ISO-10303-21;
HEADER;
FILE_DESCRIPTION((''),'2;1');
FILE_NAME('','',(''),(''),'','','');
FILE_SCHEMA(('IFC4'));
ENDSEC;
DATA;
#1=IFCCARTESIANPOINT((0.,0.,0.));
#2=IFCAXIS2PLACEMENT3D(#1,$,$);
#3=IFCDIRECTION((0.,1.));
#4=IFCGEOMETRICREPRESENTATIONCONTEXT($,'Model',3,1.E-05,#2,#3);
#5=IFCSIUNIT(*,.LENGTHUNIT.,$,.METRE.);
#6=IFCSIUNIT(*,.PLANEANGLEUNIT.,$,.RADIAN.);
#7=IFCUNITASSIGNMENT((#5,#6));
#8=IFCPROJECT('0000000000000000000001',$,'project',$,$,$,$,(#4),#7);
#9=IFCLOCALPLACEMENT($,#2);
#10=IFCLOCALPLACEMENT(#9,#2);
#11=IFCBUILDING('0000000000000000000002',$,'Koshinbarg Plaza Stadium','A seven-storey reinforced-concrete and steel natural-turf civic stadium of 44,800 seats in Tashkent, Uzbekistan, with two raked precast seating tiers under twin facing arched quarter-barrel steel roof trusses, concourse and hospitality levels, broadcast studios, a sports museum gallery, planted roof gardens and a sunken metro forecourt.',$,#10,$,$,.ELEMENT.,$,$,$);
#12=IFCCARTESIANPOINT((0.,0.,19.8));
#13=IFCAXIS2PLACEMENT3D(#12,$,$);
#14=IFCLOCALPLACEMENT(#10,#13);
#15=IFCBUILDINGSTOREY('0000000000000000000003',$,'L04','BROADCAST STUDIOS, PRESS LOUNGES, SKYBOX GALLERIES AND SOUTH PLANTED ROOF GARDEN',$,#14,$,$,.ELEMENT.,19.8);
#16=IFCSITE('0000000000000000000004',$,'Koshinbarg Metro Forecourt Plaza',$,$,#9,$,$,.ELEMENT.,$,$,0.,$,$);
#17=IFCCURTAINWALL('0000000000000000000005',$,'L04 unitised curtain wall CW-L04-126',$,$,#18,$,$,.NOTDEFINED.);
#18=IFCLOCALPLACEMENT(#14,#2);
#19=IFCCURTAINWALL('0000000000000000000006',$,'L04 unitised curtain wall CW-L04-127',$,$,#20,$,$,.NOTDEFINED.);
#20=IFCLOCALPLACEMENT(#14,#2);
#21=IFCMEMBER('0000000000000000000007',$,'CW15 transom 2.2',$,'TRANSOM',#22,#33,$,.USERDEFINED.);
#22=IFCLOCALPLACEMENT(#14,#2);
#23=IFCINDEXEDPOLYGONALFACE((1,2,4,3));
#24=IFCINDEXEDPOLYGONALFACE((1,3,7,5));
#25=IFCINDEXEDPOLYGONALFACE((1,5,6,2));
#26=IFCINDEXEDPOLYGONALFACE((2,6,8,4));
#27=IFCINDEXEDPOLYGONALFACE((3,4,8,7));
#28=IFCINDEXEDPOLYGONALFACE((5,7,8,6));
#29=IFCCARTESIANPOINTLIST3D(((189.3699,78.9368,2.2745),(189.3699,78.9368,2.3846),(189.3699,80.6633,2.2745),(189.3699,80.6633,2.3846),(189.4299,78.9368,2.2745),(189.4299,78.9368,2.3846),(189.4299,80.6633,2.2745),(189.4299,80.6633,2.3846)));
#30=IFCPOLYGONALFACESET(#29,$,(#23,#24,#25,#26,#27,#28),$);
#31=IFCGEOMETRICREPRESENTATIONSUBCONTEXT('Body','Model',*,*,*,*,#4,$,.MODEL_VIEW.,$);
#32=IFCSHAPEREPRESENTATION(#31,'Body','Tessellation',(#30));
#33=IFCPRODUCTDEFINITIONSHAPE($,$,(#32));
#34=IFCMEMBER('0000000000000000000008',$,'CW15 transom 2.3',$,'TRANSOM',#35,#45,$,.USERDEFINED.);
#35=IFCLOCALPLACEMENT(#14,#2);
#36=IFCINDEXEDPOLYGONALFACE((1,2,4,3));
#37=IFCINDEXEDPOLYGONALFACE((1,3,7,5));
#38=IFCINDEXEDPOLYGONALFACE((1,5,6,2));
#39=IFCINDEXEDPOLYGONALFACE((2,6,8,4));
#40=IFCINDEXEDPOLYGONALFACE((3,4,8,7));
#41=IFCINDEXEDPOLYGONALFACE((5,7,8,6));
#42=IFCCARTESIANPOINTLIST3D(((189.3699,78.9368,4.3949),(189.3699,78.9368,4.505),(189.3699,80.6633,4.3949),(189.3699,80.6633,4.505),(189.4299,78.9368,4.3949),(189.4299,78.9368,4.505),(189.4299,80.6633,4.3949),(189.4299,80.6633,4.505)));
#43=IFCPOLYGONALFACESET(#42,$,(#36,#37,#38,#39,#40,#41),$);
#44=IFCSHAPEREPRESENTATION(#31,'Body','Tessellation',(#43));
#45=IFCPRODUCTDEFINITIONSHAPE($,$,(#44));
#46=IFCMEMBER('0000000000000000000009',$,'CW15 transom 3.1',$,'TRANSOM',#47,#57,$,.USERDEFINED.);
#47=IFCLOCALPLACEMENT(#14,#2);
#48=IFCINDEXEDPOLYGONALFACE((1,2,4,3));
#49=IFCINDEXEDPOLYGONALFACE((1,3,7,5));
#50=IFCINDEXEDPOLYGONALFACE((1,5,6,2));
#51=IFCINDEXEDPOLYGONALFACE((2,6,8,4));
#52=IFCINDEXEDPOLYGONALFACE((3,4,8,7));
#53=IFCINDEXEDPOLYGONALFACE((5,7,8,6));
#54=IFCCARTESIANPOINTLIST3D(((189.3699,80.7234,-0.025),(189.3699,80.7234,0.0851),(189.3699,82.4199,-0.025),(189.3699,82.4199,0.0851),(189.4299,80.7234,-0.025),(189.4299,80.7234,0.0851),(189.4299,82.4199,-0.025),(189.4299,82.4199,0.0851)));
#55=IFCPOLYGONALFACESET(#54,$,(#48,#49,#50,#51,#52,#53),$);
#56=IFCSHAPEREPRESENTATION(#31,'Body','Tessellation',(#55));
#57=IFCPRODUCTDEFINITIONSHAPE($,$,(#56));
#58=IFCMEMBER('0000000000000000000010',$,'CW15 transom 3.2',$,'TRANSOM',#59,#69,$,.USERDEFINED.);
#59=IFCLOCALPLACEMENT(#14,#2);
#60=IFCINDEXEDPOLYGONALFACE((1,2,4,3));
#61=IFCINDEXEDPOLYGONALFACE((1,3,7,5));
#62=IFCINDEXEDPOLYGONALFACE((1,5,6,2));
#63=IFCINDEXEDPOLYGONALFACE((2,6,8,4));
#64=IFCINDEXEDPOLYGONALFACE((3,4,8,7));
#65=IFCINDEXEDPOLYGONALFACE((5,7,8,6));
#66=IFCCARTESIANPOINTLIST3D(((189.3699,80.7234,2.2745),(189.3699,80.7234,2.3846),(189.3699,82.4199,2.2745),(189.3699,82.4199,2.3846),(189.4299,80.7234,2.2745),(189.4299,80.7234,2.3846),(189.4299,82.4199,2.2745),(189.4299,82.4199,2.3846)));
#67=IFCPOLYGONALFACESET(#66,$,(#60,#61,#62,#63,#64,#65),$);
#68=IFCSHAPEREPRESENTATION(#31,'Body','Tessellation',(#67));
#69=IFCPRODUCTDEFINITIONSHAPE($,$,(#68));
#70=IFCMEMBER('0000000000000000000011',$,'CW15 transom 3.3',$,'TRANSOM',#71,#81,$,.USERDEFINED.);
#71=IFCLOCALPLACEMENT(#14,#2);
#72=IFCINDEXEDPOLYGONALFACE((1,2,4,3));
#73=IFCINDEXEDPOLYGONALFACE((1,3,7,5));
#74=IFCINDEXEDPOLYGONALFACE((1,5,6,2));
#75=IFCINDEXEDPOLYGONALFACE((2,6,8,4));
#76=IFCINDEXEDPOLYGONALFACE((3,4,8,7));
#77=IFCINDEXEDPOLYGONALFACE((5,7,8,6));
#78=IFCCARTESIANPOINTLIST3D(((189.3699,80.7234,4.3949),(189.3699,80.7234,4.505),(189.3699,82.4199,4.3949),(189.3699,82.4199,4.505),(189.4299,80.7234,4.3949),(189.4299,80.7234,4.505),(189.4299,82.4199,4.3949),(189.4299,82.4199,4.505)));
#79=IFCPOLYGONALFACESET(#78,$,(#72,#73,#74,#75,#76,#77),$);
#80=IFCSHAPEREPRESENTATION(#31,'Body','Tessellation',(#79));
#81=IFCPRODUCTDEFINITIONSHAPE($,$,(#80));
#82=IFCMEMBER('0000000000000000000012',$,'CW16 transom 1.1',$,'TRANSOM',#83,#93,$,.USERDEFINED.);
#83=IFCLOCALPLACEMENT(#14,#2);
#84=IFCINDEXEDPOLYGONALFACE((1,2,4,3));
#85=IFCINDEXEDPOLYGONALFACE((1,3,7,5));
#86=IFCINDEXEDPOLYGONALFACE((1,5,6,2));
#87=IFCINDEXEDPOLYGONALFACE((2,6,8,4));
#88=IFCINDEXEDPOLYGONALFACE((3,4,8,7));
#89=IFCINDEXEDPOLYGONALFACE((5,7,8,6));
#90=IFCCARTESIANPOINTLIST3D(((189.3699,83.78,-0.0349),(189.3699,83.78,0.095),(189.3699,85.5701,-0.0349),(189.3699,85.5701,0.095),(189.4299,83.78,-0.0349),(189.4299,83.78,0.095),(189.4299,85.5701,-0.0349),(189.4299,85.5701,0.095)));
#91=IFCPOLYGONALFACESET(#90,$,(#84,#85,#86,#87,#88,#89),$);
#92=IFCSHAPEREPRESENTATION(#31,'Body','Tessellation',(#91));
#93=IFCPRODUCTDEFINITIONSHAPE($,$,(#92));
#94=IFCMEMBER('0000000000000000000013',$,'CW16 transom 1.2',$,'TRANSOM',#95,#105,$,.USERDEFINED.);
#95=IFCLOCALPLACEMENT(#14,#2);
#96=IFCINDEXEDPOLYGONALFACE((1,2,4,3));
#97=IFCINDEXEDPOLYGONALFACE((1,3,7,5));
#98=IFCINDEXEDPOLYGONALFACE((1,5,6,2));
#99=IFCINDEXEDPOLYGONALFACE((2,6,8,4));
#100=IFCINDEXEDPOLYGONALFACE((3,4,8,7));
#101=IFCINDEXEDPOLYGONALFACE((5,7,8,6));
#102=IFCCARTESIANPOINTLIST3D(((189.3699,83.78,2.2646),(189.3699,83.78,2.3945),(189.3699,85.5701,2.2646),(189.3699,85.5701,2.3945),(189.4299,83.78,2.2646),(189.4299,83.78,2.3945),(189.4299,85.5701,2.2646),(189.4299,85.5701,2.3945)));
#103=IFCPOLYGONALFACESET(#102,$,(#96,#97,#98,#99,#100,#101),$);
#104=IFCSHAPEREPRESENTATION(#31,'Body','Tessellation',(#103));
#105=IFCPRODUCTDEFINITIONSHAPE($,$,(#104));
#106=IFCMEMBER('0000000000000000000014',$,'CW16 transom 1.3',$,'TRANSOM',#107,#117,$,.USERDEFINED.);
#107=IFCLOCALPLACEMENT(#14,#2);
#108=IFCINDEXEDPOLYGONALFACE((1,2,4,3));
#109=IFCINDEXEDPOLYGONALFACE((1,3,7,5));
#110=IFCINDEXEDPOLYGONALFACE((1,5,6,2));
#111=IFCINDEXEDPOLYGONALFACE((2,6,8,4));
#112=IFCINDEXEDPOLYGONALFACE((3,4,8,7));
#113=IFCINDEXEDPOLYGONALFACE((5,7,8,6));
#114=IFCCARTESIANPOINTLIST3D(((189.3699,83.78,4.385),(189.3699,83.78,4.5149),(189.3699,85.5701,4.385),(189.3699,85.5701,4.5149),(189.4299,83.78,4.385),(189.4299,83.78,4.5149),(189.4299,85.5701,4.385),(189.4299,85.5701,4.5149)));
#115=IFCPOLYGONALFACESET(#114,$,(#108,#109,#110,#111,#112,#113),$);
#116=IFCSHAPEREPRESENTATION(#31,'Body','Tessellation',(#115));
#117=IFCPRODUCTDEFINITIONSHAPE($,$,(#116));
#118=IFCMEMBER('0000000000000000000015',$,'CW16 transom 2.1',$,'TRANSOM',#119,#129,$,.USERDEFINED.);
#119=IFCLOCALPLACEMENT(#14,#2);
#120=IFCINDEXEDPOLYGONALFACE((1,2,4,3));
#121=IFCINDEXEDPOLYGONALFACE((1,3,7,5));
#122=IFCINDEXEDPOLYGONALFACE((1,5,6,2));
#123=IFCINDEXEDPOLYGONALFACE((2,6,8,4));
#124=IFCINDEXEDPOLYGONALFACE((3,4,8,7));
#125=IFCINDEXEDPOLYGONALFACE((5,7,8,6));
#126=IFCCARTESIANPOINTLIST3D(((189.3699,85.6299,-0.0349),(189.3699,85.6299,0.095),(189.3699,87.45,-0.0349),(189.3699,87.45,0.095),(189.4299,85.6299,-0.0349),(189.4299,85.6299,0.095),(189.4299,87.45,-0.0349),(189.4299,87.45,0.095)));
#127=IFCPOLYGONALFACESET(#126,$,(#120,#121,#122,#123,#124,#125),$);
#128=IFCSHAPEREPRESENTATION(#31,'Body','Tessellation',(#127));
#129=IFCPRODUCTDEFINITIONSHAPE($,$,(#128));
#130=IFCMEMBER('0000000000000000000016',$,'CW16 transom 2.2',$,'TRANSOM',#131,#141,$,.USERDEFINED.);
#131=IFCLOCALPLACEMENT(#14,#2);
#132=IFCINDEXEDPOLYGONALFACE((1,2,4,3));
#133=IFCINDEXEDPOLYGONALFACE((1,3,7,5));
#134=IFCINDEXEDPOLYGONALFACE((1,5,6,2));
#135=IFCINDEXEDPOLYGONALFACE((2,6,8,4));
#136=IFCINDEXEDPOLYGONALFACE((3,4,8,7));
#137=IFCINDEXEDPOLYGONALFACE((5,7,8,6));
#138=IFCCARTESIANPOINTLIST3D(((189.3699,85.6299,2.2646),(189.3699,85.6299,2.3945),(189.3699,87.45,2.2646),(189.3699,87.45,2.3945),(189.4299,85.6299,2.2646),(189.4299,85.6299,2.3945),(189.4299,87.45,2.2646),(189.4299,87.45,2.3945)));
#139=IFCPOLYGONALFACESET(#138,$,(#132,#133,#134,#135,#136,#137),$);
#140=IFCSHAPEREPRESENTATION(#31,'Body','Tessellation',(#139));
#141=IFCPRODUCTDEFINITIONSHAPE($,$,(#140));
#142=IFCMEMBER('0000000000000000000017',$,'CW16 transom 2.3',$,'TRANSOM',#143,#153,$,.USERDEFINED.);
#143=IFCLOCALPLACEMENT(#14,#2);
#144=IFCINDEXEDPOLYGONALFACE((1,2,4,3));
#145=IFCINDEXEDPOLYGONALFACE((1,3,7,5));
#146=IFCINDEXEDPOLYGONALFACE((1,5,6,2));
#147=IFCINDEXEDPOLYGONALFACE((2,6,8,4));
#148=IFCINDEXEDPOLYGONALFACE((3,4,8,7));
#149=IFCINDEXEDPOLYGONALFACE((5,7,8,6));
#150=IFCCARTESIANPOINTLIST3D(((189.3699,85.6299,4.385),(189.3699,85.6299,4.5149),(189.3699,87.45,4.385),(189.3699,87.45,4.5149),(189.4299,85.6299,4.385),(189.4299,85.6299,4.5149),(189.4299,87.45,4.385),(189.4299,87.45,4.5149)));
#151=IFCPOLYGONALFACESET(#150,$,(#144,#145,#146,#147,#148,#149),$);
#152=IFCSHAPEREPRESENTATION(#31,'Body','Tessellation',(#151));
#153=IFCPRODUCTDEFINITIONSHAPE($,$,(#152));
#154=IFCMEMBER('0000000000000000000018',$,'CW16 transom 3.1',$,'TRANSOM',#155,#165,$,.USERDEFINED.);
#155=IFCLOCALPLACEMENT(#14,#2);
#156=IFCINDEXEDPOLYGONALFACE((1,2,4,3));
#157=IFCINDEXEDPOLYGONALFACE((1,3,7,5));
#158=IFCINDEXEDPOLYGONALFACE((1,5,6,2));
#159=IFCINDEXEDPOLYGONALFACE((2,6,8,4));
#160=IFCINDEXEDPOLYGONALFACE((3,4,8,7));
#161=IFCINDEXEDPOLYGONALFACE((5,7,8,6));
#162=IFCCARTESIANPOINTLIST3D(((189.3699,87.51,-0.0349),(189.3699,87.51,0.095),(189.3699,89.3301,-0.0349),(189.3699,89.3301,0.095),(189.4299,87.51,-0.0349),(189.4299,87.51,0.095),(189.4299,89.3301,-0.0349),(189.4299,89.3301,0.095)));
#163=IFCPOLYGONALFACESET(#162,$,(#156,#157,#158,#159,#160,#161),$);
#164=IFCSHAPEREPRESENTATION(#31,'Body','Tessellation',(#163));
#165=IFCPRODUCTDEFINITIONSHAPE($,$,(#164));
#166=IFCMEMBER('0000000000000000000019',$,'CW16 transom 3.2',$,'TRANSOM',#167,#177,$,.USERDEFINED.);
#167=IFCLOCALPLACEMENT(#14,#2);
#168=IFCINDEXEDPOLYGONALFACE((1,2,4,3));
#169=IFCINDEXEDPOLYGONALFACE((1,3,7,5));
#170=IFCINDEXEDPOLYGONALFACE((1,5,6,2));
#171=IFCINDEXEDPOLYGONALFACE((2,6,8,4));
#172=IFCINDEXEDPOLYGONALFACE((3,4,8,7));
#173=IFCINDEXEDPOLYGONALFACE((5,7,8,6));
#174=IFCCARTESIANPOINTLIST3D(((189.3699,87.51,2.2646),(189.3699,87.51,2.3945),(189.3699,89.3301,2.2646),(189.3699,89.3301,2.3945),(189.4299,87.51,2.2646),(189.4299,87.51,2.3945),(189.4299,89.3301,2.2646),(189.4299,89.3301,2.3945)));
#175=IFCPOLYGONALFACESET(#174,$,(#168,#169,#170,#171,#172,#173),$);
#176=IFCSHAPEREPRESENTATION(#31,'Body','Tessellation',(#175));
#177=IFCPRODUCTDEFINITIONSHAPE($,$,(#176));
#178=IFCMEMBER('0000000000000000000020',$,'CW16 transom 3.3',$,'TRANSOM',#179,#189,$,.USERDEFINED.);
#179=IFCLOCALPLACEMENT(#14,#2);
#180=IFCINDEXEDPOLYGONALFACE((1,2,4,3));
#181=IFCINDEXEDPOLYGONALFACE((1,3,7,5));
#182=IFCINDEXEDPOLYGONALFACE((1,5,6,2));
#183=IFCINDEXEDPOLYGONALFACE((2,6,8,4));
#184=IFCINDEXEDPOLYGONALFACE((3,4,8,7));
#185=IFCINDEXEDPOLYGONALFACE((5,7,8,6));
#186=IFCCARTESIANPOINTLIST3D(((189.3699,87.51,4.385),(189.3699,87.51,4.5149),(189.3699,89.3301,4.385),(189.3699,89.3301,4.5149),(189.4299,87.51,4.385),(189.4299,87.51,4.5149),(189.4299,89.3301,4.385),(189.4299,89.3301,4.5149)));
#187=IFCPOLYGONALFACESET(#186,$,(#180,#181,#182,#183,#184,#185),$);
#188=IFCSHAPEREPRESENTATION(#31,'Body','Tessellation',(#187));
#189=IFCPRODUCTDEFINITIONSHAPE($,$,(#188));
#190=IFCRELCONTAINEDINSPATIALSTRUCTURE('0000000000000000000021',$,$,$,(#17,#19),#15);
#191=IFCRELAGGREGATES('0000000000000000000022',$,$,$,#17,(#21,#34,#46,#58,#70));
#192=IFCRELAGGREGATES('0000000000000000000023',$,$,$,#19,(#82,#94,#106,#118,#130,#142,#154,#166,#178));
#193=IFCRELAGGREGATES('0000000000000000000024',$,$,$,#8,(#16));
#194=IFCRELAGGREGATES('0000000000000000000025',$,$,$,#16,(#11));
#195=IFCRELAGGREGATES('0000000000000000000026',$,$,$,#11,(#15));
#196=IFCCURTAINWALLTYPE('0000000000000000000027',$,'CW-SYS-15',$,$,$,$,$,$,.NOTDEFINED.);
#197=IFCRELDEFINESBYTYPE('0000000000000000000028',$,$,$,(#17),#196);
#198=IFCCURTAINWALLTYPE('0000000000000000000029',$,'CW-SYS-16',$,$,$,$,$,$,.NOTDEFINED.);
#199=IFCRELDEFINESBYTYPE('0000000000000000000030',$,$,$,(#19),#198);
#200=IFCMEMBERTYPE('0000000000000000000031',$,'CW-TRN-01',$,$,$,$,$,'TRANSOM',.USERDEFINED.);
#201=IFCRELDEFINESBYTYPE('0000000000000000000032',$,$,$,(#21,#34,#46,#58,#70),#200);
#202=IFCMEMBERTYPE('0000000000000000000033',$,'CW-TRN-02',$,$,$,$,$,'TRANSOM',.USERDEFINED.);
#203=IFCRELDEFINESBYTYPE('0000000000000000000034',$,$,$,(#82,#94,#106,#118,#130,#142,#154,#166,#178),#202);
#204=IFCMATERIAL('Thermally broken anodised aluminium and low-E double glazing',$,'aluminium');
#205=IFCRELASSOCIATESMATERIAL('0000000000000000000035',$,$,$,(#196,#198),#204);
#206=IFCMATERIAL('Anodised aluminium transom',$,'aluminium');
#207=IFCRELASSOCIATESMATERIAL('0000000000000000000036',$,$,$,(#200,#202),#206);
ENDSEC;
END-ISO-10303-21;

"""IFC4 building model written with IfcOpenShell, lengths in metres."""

from ifc_helpers import new_model, si_unit, direction, frame, origin, origin_2d, place, context, subcontext, project, spatial, rectangle, extrude, material, material_profile, profile_set, type_object, element, aggregate, save


model = new_model("IFC4")

# Units and contexts
model_context = context("Model", 3, precision=1e-05, world=origin(), true_north=direction((0.0, 1.0)))
body_context = subcontext(model_context, "Body", "Model", "MODEL_VIEW")
ifc_project = project(units=[si_unit("LENGTHUNIT", "METRE"), si_unit("PLANEANGLEUNIT", "RADIAN")], contexts=[model_context])

# Site, building, storey
site_placement = place(None, origin())
site = spatial("IfcSite", under=ifc_project, at=site_placement, Name="Koshinbarg Metro Forecourt Plaza", CompositionType="ELEMENT", RefElevation=0.0)
building_placement = place(site_placement, origin())
building = spatial("IfcBuilding", under=site, at=building_placement, Name="Koshinbarg Plaza Stadium", Description="A seven-storey reinforced-concrete and steel natural-turf civic stadium of 44,800 seats in Tashkent, Uzbekistan, with two raked precast seating tiers under twin facing arched quarter-barrel steel roof trusses, concourse and hospitality levels, broadcast studios, a sports museum gallery, planted roof gardens and a sunken metro forecourt.", CompositionType="ELEMENT")
storey_placement = place(building_placement, frame((0.0, 0.0, 19.8)))
storey = spatial("IfcBuildingStorey", under=building, at=storey_placement, Name="L04", Description="BROADCAST STUDIOS, PRESS LOUNGES, SKYBOX GALLERIES AND SOUTH PLANTED ROOF GARDEN", CompositionType="ELEMENT", Elevation=19.8)

# Curtain walls
ifc_material_1 = material(Name="Thermally broken anodised aluminium and low-E double glazing", Category="aluminium")
curtain_wall_type_1 = type_object("IfcCurtainWallType", Name="CW-SYS-15", PredefinedType="NOTDEFINED", material=ifc_material_1)
curtain_wall_1_placement = place(storey_placement, origin())
curtain_wall_1 = element("IfcCurtainWall", 1, at=curtain_wall_1_placement, inside=storey, type_object=curtain_wall_type_1, Name="L04 unitised curtain wall CW-L04-126", PredefinedType="NOTDEFINED")
curtain_wall_type_2 = type_object("IfcCurtainWallType", Name="CW-SYS-16", PredefinedType="NOTDEFINED", material=ifc_material_1)
curtain_wall_2_placement = place(storey_placement, origin())
curtain_wall_2 = element("IfcCurtainWall", 2, at=curtain_wall_2_placement, inside=storey, type_object=curtain_wall_type_2, Name="L04 unitised curtain wall CW-L04-127", PredefinedType="NOTDEFINED")

# Members
ifc_material_2 = material(Name="Anodised aluminium transom", Category="aluminium")
ifc_material_profile_1 = material_profile(ifc_material_2, rectangle(XDim=0.0601, YDim=0.1101, at=origin_2d()), Name="ALU 60x110")
ifc_profile_set_1 = profile_set([ifc_material_profile_1], Name="Anodised aluminium transom")
member_type_1 = type_object("IfcMemberType", Name="CW-TRN-01", ElementType="TRANSOM", PredefinedType="USERDEFINED", material=ifc_profile_set_1)
member_1_placement = place(storey_placement, frame((189.3999, 78.9368, 2.3296), z_axis=(0.0, 1.0, 0.0), x_axis=(-1.0, 0.0, 0.0)))
member_1 = element("IfcMember", 3, at=member_1_placement, type_object=member_type_1, Name="CW15 transom 2.2", ObjectType="TRANSOM", PredefinedType="USERDEFINED", context=body_context, shape_type="SweptSolid", body=[
    extrude(rectangle(XDim=0.0601, YDim=0.1101, at=origin_2d()), origin(), (0.0, 0.0, 1.0), 1.7266),
])
member_2_placement = place(storey_placement, frame((189.3999, 78.9368, 4.45), z_axis=(0.0, 1.0, 0.0), x_axis=(-1.0, 0.0, 0.0)))
member_2 = element("IfcMember", 4, at=member_2_placement, type_object=member_type_1, Name="CW15 transom 2.3", ObjectType="TRANSOM", PredefinedType="USERDEFINED", context=body_context, shape_type="SweptSolid", body=[
    extrude(rectangle(XDim=0.0601, YDim=0.1101, at=origin_2d()), origin(), (0.0, 0.0, 1.0), 1.7266),
])
member_3_placement = place(storey_placement, frame((189.3999, 80.7234, 0.03), z_axis=(0.0, 1.0, 0.0), x_axis=(-1.0, 0.0, 0.0)))
member_3 = element("IfcMember", 5, at=member_3_placement, type_object=member_type_1, Name="CW15 transom 3.1", ObjectType="TRANSOM", PredefinedType="USERDEFINED", context=body_context, shape_type="SweptSolid", body=[
    extrude(rectangle(XDim=0.0601, YDim=0.1101, at=origin_2d()), origin(), (0.0, 0.0, 1.0), 1.6965),
])
member_4_placement = place(storey_placement, frame((189.3999, 80.7234, 2.3296), z_axis=(0.0, 1.0, 0.0), x_axis=(-1.0, 0.0, 0.0)))
member_4 = element("IfcMember", 6, at=member_4_placement, type_object=member_type_1, Name="CW15 transom 3.2", ObjectType="TRANSOM", PredefinedType="USERDEFINED", context=body_context, shape_type="SweptSolid", body=[
    extrude(rectangle(XDim=0.0601, YDim=0.1101, at=origin_2d()), origin(), (0.0, 0.0, 1.0), 1.6965),
])
member_5_placement = place(storey_placement, frame((189.3999, 80.7234, 4.45), z_axis=(0.0, 1.0, 0.0), x_axis=(-1.0, 0.0, 0.0)))
member_5 = element("IfcMember", 7, at=member_5_placement, type_object=member_type_1, Name="CW15 transom 3.3", ObjectType="TRANSOM", PredefinedType="USERDEFINED", context=body_context, shape_type="SweptSolid", body=[
    extrude(rectangle(XDim=0.0601, YDim=0.1101, at=origin_2d()), origin(), (0.0, 0.0, 1.0), 1.6965),
])
ifc_material_profile_2 = material_profile(ifc_material_2, rectangle(XDim=0.0601, YDim=0.1299, at=origin_2d()), Name="ALU 60x130")
ifc_profile_set_2 = profile_set([ifc_material_profile_2], Name="Anodised aluminium transom")
member_type_2 = type_object("IfcMemberType", Name="CW-TRN-02", ElementType="TRANSOM", PredefinedType="USERDEFINED", material=ifc_profile_set_2)
member_6_placement = place(storey_placement, frame((189.3999, 83.78, 0.03), z_axis=(0.0, 1.0, 0.0), x_axis=(-1.0, 0.0, 0.0)))
member_6 = element("IfcMember", 8, at=member_6_placement, type_object=member_type_2, Name="CW16 transom 1.1", ObjectType="TRANSOM", PredefinedType="USERDEFINED", context=body_context, shape_type="SweptSolid", body=[
    extrude(rectangle(XDim=0.0601, YDim=0.1299, at=origin_2d()), origin(), (0.0, 0.0, 1.0), 1.79),
])
member_7_placement = place(storey_placement, frame((189.3999, 83.78, 2.3296), z_axis=(0.0, 1.0, 0.0), x_axis=(-1.0, 0.0, 0.0)))
member_7 = element("IfcMember", 9, at=member_7_placement, type_object=member_type_2, Name="CW16 transom 1.2", ObjectType="TRANSOM", PredefinedType="USERDEFINED", context=body_context, shape_type="SweptSolid", body=[
    extrude(rectangle(XDim=0.0601, YDim=0.1299, at=origin_2d()), origin(), (0.0, 0.0, 1.0), 1.79),
])
member_8_placement = place(storey_placement, frame((189.3999, 83.78, 4.45), z_axis=(0.0, 1.0, 0.0), x_axis=(-1.0, 0.0, 0.0)))
member_8 = element("IfcMember", 10, at=member_8_placement, type_object=member_type_2, Name="CW16 transom 1.3", ObjectType="TRANSOM", PredefinedType="USERDEFINED", context=body_context, shape_type="SweptSolid", body=[
    extrude(rectangle(XDim=0.0601, YDim=0.1299, at=origin_2d()), origin(), (0.0, 0.0, 1.0), 1.79),
])
member_9_placement = place(storey_placement, frame((189.3999, 85.6299, 0.03), z_axis=(0.0, 1.0, 0.0), x_axis=(-1.0, 0.0, 0.0)))
member_9 = element("IfcMember", 11, at=member_9_placement, type_object=member_type_2, Name="CW16 transom 2.1", ObjectType="TRANSOM", PredefinedType="USERDEFINED", context=body_context, shape_type="SweptSolid", body=[
    extrude(rectangle(XDim=0.0601, YDim=0.1299, at=origin_2d()), origin(), (0.0, 0.0, 1.0), 1.8201),
])
member_10_placement = place(storey_placement, frame((189.3999, 85.6299, 2.3296), z_axis=(0.0, 1.0, 0.0), x_axis=(-1.0, 0.0, 0.0)))
member_10 = element("IfcMember", 12, at=member_10_placement, type_object=member_type_2, Name="CW16 transom 2.2", ObjectType="TRANSOM", PredefinedType="USERDEFINED", context=body_context, shape_type="SweptSolid", body=[
    extrude(rectangle(XDim=0.0601, YDim=0.1299, at=origin_2d()), origin(), (0.0, 0.0, 1.0), 1.8201),
])
member_11_placement = place(storey_placement, frame((189.3999, 85.6299, 4.45), z_axis=(0.0, 1.0, 0.0), x_axis=(-1.0, 0.0, 0.0)))
member_11 = element("IfcMember", 13, at=member_11_placement, type_object=member_type_2, Name="CW16 transom 2.3", ObjectType="TRANSOM", PredefinedType="USERDEFINED", context=body_context, shape_type="SweptSolid", body=[
    extrude(rectangle(XDim=0.0601, YDim=0.1299, at=origin_2d()), origin(), (0.0, 0.0, 1.0), 1.8201),
])
member_12_placement = place(storey_placement, frame((189.3999, 87.51, 0.03), z_axis=(0.0, 1.0, 0.0), x_axis=(-1.0, 0.0, 0.0)))
member_12 = element("IfcMember", 14, at=member_12_placement, type_object=member_type_2, Name="CW16 transom 3.1", ObjectType="TRANSOM", PredefinedType="USERDEFINED", context=body_context, shape_type="SweptSolid", body=[
    extrude(rectangle(XDim=0.0601, YDim=0.1299, at=origin_2d()), origin(), (0.0, 0.0, 1.0), 1.8201),
])
member_13_placement = place(storey_placement, frame((189.3999, 87.51, 2.3296), z_axis=(0.0, 1.0, 0.0), x_axis=(-1.0, 0.0, 0.0)))
member_13 = element("IfcMember", 15, at=member_13_placement, type_object=member_type_2, Name="CW16 transom 3.2", ObjectType="TRANSOM", PredefinedType="USERDEFINED", context=body_context, shape_type="SweptSolid", body=[
    extrude(rectangle(XDim=0.0601, YDim=0.1299, at=origin_2d()), origin(), (0.0, 0.0, 1.0), 1.8201),
])
member_14_placement = place(storey_placement, frame((189.3999, 87.51, 4.45), z_axis=(0.0, 1.0, 0.0), x_axis=(-1.0, 0.0, 0.0)))
member_14 = element("IfcMember", 16, at=member_14_placement, type_object=member_type_2, Name="CW16 transom 3.3", ObjectType="TRANSOM", PredefinedType="USERDEFINED", context=body_context, shape_type="SweptSolid", body=[
    extrude(rectangle(XDim=0.0601, YDim=0.1299, at=origin_2d()), origin(), (0.0, 0.0, 1.0), 1.8201),
])

aggregate(curtain_wall_1, [member_1, member_2, member_3, member_4, member_5])
aggregate(curtain_wall_2, [member_6, member_7, member_8, member_9, member_10, member_11, member_12, member_13, member_14])

save(model, "model.ifc")
